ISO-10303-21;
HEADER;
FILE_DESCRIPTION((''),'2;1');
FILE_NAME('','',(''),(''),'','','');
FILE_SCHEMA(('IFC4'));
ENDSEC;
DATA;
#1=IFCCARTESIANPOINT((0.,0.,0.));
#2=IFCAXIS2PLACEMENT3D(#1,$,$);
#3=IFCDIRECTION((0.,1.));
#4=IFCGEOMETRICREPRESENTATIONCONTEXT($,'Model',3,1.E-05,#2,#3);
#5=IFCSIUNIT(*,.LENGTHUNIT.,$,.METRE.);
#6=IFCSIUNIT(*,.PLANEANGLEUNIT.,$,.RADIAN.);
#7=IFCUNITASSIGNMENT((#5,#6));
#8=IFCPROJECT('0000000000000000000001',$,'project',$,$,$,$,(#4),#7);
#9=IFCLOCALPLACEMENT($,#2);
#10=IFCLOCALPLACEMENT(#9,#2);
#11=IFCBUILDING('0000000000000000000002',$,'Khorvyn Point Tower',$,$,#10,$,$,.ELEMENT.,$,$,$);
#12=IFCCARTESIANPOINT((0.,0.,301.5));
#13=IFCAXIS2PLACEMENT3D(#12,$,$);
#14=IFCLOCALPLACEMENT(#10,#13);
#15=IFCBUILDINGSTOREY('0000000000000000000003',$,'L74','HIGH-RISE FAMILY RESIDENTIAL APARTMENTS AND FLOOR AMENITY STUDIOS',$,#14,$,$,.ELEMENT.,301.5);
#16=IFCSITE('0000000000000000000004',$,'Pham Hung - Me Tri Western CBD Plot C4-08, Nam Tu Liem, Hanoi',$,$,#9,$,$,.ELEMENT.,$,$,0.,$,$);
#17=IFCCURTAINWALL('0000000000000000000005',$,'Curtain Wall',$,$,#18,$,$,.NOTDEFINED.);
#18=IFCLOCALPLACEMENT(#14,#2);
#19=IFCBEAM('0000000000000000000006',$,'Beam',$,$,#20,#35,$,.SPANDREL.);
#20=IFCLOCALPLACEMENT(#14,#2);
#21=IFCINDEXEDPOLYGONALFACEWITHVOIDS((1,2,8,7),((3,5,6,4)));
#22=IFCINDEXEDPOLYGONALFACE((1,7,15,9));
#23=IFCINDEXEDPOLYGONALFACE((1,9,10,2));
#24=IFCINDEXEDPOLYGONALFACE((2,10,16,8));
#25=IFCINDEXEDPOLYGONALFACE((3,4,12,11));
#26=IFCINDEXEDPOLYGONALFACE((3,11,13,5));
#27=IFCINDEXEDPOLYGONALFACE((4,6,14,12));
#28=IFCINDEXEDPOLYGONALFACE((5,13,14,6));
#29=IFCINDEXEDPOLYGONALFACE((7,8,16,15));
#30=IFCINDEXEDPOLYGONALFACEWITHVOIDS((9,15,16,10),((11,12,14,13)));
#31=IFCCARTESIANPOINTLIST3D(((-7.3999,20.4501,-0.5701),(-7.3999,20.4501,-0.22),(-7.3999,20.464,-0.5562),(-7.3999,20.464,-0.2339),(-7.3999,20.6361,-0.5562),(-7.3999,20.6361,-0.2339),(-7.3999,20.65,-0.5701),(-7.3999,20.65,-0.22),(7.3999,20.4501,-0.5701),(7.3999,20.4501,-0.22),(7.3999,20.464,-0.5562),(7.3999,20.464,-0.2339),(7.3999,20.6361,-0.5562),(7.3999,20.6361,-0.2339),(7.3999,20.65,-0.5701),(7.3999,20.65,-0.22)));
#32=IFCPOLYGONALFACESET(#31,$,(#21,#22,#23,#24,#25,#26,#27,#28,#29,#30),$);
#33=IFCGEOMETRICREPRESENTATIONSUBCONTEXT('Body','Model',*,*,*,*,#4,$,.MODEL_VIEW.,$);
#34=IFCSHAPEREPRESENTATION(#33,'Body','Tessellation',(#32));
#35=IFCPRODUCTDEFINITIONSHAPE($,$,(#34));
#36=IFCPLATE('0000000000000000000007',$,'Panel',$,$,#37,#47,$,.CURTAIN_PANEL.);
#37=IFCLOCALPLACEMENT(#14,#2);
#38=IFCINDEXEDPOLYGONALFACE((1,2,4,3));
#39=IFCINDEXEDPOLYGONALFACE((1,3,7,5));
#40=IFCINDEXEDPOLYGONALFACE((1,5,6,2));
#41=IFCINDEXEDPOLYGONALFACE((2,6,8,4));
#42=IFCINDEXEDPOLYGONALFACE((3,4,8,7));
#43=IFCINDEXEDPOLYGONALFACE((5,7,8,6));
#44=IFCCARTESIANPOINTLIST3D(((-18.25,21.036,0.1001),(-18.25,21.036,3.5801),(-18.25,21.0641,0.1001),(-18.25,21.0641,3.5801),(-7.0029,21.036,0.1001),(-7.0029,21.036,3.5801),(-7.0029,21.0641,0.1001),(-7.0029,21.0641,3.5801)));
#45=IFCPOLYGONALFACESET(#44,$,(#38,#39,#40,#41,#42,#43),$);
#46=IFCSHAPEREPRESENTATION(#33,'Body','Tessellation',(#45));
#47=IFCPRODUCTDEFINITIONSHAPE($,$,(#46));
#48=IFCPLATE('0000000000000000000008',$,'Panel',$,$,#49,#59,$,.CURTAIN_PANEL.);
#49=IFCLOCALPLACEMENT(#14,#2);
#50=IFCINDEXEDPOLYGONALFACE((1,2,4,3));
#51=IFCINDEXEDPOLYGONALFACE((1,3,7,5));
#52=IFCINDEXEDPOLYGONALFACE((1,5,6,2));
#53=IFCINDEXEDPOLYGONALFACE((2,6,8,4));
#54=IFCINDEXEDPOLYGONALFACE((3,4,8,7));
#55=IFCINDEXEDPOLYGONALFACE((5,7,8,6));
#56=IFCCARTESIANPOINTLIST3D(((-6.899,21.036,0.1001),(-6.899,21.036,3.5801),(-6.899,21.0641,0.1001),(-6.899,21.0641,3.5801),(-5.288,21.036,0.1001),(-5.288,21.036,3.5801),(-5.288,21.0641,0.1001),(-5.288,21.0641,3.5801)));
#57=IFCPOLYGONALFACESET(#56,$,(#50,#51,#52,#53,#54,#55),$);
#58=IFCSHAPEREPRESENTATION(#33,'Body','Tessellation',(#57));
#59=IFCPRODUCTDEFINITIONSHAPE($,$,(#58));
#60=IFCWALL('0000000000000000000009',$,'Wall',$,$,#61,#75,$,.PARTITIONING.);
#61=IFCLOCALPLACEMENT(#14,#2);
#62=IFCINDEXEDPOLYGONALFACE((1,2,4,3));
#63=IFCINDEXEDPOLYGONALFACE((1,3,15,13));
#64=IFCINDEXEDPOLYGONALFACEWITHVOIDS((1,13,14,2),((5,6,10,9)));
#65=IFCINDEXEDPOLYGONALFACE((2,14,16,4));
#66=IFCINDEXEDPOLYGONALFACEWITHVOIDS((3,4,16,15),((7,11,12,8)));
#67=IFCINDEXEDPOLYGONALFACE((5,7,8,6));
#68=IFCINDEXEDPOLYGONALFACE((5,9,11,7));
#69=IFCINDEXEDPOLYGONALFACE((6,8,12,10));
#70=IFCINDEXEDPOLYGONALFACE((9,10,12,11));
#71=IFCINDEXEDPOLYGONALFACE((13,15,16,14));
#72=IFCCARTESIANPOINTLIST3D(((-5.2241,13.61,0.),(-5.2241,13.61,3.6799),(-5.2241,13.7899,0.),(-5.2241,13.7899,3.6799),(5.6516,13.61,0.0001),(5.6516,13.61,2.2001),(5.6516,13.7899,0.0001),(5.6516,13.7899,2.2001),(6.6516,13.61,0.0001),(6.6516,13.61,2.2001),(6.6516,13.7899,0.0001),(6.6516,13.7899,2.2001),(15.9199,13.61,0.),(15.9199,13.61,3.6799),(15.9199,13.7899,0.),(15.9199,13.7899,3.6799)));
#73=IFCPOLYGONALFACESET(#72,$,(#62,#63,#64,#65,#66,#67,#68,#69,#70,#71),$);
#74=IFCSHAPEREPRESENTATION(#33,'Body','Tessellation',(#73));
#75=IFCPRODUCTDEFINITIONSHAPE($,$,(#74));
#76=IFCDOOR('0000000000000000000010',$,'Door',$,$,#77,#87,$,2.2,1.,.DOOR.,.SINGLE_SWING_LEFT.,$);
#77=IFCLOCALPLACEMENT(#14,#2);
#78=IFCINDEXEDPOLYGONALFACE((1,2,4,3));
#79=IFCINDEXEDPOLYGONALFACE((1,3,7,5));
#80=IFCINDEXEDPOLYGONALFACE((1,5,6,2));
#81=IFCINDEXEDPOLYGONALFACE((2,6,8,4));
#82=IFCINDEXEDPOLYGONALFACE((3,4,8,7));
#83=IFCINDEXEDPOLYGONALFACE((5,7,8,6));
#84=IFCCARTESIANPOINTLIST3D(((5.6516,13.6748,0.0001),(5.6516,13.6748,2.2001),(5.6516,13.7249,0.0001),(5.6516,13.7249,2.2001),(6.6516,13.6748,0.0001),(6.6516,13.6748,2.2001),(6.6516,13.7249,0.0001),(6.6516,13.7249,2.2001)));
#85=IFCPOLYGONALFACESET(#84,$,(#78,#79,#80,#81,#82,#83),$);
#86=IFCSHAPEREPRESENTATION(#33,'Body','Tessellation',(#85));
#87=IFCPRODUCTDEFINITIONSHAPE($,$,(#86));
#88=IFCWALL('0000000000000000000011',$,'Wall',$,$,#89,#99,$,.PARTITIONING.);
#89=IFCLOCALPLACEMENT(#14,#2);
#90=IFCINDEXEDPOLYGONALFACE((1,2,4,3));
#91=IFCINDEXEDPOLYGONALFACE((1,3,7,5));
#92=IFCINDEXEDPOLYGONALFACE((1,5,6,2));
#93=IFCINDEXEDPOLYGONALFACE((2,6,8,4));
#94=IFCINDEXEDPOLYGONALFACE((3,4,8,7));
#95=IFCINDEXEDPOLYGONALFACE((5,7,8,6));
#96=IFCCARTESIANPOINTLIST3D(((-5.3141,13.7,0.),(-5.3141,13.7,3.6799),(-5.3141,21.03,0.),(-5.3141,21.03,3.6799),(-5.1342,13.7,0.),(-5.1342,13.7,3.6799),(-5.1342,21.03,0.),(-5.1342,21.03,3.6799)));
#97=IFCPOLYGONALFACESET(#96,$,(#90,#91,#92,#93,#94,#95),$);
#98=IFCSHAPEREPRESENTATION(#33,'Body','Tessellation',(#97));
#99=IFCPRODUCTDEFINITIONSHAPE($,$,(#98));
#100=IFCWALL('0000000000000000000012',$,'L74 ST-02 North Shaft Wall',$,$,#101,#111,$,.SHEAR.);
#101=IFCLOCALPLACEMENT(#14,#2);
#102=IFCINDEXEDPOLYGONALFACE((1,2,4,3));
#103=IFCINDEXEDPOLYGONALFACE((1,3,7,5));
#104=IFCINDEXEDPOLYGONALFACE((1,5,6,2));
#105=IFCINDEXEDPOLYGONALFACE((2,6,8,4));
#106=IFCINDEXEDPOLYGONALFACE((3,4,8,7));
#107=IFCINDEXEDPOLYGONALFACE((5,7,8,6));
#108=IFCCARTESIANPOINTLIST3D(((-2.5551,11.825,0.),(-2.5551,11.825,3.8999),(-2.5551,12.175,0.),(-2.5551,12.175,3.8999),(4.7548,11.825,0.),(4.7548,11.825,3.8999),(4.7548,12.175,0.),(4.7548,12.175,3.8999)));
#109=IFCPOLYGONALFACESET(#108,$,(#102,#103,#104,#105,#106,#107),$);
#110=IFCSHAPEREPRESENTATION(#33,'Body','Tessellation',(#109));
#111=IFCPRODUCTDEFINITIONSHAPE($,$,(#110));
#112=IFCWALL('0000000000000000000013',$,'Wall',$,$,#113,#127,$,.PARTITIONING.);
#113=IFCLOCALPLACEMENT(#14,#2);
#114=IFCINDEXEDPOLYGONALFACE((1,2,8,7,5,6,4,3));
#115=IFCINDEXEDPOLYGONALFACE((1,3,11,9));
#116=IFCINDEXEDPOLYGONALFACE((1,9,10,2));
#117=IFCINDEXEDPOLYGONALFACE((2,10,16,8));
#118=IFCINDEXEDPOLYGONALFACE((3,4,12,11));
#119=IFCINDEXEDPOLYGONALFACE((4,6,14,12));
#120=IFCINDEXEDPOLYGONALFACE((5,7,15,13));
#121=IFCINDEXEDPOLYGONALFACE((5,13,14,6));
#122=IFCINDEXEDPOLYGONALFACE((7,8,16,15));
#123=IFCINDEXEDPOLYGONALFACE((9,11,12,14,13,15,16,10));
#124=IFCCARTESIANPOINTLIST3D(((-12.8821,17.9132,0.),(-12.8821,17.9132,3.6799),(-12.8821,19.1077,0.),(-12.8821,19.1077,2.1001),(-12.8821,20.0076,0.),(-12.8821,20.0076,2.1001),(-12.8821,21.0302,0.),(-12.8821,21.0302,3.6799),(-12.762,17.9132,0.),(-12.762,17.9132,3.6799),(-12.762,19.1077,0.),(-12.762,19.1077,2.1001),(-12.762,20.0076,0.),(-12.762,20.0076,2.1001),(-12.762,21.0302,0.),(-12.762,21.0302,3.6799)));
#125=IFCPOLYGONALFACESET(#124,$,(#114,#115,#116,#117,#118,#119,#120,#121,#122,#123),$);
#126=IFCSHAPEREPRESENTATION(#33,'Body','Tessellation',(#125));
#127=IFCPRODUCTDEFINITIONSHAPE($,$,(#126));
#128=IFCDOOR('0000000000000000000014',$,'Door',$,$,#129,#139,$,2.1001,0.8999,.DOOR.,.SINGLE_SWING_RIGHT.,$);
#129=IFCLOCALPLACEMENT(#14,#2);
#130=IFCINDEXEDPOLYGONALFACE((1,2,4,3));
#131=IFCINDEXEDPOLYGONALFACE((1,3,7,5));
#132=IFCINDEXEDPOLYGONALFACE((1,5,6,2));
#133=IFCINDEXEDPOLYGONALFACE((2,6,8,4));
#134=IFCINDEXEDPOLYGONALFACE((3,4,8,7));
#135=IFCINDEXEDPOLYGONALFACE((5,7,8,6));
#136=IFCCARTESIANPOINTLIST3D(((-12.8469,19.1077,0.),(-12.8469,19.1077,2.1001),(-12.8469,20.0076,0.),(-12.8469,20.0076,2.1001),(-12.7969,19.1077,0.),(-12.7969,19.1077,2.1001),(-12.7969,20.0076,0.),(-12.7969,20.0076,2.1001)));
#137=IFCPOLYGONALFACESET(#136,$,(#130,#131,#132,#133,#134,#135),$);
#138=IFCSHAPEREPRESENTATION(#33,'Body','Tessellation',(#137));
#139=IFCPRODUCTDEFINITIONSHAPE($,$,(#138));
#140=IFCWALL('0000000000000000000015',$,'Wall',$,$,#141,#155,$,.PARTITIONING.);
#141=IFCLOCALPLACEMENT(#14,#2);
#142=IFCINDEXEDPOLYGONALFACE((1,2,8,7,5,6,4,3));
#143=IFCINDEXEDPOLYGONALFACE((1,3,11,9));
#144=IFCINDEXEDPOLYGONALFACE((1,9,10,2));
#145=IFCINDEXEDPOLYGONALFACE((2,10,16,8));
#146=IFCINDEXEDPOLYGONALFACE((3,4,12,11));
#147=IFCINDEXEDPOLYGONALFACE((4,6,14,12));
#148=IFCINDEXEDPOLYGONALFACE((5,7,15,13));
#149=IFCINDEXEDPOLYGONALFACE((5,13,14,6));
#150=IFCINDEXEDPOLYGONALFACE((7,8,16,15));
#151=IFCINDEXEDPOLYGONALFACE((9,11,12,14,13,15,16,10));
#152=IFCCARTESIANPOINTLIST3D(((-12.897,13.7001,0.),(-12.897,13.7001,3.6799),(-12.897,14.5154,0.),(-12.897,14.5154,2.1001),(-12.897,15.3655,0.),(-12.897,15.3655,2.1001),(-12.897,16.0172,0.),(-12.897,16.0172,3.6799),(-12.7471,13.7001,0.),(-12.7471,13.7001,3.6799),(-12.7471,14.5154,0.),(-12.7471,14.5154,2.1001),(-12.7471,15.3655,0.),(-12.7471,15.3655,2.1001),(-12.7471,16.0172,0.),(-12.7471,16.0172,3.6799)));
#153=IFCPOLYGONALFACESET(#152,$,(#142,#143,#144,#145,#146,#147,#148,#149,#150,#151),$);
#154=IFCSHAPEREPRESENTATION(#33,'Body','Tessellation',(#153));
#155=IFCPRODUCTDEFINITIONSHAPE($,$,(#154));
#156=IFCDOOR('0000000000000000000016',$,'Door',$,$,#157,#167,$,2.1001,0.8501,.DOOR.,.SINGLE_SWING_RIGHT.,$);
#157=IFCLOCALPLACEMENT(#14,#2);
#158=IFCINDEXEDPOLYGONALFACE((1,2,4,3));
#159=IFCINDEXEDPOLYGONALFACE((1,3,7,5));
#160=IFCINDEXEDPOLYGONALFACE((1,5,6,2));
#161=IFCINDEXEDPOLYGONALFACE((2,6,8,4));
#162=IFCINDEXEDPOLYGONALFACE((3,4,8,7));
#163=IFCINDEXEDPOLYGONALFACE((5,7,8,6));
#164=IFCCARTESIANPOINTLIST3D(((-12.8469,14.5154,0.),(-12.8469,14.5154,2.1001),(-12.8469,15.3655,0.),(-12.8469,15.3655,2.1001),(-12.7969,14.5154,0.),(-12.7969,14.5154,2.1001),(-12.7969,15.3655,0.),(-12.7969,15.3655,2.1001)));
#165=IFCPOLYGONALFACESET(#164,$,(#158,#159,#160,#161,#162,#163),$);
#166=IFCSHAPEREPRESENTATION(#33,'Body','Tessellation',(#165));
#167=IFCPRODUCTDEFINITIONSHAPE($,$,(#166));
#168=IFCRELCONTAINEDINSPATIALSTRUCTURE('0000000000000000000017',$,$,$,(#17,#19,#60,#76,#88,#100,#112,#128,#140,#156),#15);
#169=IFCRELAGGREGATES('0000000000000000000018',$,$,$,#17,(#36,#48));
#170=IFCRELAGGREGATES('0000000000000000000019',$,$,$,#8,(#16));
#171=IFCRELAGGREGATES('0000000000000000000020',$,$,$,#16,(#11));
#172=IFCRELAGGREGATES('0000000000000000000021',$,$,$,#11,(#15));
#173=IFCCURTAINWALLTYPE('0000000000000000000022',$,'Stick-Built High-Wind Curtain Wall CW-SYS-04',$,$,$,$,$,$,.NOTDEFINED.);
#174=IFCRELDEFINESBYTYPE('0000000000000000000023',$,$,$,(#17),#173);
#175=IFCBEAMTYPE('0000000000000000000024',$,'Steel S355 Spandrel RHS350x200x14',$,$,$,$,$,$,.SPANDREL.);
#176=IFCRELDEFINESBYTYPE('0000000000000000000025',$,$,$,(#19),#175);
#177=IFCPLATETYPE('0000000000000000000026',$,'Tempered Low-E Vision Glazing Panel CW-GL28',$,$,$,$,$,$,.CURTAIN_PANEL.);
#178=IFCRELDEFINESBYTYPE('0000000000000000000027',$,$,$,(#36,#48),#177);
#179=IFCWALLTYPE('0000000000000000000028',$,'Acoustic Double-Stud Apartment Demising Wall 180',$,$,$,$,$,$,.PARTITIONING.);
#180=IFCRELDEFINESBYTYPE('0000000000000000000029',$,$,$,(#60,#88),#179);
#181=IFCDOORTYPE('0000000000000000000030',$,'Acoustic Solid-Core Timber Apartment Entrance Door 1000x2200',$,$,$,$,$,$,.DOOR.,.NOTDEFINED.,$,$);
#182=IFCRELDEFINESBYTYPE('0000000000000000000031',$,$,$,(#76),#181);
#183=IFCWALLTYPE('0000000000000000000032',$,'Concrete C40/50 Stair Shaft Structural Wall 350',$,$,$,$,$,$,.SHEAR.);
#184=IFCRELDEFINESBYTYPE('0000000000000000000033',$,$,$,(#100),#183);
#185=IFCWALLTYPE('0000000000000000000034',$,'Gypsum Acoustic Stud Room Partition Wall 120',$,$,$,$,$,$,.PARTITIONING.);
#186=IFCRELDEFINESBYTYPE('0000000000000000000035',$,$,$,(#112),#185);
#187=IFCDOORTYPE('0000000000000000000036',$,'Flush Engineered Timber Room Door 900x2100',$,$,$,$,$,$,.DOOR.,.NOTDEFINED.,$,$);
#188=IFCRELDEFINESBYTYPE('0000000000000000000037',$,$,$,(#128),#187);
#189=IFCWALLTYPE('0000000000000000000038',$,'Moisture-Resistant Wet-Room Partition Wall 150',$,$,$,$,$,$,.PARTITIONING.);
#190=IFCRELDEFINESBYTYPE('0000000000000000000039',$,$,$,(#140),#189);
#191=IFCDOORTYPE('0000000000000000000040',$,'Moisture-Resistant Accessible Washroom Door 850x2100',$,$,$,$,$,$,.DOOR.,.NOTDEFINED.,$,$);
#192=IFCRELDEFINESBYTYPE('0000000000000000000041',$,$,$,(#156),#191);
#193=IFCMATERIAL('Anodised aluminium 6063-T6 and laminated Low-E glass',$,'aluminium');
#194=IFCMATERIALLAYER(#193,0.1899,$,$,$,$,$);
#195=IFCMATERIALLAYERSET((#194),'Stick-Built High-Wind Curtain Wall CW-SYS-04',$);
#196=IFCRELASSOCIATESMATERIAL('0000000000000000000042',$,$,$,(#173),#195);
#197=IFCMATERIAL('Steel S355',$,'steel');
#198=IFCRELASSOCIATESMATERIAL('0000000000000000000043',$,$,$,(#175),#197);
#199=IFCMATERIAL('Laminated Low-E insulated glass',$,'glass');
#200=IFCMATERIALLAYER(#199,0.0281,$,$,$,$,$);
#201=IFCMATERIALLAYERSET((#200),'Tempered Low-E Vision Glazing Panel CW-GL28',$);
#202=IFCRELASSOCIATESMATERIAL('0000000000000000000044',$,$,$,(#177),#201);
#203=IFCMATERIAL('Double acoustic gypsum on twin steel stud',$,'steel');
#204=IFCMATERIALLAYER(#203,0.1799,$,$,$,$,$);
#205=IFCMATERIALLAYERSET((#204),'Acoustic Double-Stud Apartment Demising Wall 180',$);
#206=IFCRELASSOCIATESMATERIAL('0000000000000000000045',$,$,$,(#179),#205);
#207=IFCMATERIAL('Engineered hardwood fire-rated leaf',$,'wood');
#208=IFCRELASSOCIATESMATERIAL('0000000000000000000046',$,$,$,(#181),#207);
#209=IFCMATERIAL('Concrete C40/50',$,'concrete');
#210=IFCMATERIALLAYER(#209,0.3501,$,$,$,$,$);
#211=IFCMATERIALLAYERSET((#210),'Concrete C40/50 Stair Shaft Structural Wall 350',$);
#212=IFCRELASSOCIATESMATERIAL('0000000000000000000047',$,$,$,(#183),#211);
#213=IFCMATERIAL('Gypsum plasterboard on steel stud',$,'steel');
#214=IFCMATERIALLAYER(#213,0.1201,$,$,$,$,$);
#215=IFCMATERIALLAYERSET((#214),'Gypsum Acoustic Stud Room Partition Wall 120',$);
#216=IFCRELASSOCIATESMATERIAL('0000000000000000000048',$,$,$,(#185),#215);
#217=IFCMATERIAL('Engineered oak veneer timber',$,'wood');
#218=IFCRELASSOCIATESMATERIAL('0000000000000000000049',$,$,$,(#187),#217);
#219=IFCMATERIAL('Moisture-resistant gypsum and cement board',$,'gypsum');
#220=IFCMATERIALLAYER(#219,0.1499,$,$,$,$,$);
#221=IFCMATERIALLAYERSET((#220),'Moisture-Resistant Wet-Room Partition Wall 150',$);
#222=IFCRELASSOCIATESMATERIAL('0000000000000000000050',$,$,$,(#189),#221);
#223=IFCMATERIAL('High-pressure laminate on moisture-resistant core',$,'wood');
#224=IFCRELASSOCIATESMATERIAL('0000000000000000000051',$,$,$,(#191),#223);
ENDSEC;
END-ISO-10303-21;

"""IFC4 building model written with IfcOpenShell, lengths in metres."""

from ifc_helpers import new_model, si_unit, direction, frame, frame_2d, origin, origin_2d, place, context, subcontext, project, spatial, rectangle, hollow_rectangle, extrude, material, layer, layer_set, material_profile, profile_set, type_object, element, fill, aggregate, save


model = new_model("IFC4")

# Units and contexts
model_context = context("Model", 3, precision=1e-05, world=origin(), true_north=direction((0.0, 1.0)))
body_context = subcontext(model_context, "Body", "Model", "MODEL_VIEW")
ifc_project = project(units=[si_unit("LENGTHUNIT", "METRE"), si_unit("PLANEANGLEUNIT", "RADIAN")], contexts=[model_context])

# Site, building, storey
site_placement = place(None, origin())
site = spatial("IfcSite", under=ifc_project, at=site_placement, Name="Pham Hung - Me Tri Western CBD Plot C4-08, Nam Tu Liem, Hanoi", CompositionType="ELEMENT", RefElevation=0.0)
building_placement = place(site_placement, origin())
building = spatial("IfcBuilding", under=site, at=building_placement, Name="Khorvyn Point Tower", CompositionType="ELEMENT")
storey_placement = place(building_placement, frame((0.0, 0.0, 301.5)))
storey = spatial("IfcBuildingStorey", under=building, at=storey_placement, Name="L74", Description="HIGH-RISE FAMILY RESIDENTIAL APARTMENTS AND FLOOR AMENITY STUDIOS", CompositionType="ELEMENT", Elevation=301.5)

# Shared definitions
ifc_material_1 = material(Name="Concrete C40/50", Category="concrete")
ifc_material_2 = material(Name="Steel S355", Category="steel")

# Curtain wall
ifc_material_3 = material(Name="Anodised aluminium 6063-T6 and laminated Low-E glass", Category="aluminium")
ifc_layer_1 = layer(ifc_material_3, 0.1899)
ifc_layer_set_1 = layer_set([ifc_layer_1], Name="Stick-Built High-Wind Curtain Wall CW-SYS-04")
curtain_wall_type = type_object("IfcCurtainWallType", Name="Stick-Built High-Wind Curtain Wall CW-SYS-04", PredefinedType="NOTDEFINED", material=ifc_layer_set_1)
curtain_wall_placement = place(storey_placement, origin())
curtain_wall = element("IfcCurtainWall", 1, at=curtain_wall_placement, inside=storey, type_object=curtain_wall_type, Name="Curtain Wall", PredefinedType="NOTDEFINED")

# Beam
ifc_material_profile_1 = material_profile(ifc_material_2, hollow_rectangle(XDim=0.2, YDim=0.3501, WallThickness=0.0139, at=origin_2d()))
ifc_profile_set_1 = profile_set([ifc_material_profile_1], Name="Steel S355 RHS350x200x14")
beam_type_1 = type_object("IfcBeamType", Name="Steel S355 Spandrel RHS350x200x14", PredefinedType="SPANDREL", material=ifc_profile_set_1)
beam_1_placement = place(storey_placement, frame((-7.3999, 20.55, -0.395), z_axis=(1.0, 0.0, 0.0), x_axis=(0.0, 1.0, 0.0)))
element("IfcBeam", 2, at=beam_1_placement, inside=storey, type_object=beam_type_1, Name="Beam", PredefinedType="SPANDREL", context=body_context, shape_type="SweptSolid", body=[
    extrude(hollow_rectangle(XDim=0.2, YDim=0.3501, WallThickness=0.0139, at=origin_2d()), origin(), (0.0, 0.0, 1.0), 14.7998),
])

# Plates
ifc_material_4 = material(Name="Laminated Low-E insulated glass", Category="glass")
ifc_layer_2 = layer(ifc_material_4, 0.0281)
ifc_layer_set_2 = layer_set([ifc_layer_2], Name="Tempered Low-E Vision Glazing Panel CW-GL28")
plate_type = type_object("IfcPlateType", Name="Tempered Low-E Vision Glazing Panel CW-GL28", PredefinedType="CURTAIN_PANEL", material=ifc_layer_set_2)
plate_1_placement = place(storey_placement, frame((-12.6265, 21.05, 0.1001), z_axis=(0.0, 0.0, 1.0), x_axis=(1.0, 0.0, 0.0)))
plate_1 = element("IfcPlate", 3, at=plate_1_placement, type_object=plate_type, Name="Panel", PredefinedType="CURTAIN_PANEL", context=body_context, shape_type="SweptSolid", body=[
    extrude(rectangle(XDim=11.2471, YDim=0.0281, at=origin_2d()), origin(), (0.0, 0.0, 1.0), 3.48),
])
plate_2_placement = place(storey_placement, frame((-6.0935, 21.05, 0.1001), z_axis=(0.0, 0.0, 1.0), x_axis=(1.0, 0.0, 0.0)))
plate_2 = element("IfcPlate", 4, at=plate_2_placement, type_object=plate_type, Name="Panel", PredefinedType="CURTAIN_PANEL", context=body_context, shape_type="SweptSolid", body=[
    extrude(rectangle(XDim=1.6111, YDim=0.0281, at=origin_2d()), origin(), (0.0, 0.0, 1.0), 3.48),
])
aggregate(curtain_wall, [plate_1, plate_2])

# Wall, opening, door
ifc_material_5 = material(Name="Double acoustic gypsum on twin steel stud", Category="steel")
ifc_layer_3 = layer(ifc_material_5, 0.1799)
ifc_layer_set_3 = layer_set([ifc_layer_3], Name="Acoustic Double-Stud Apartment Demising Wall 180")
wall_type_1 = type_object("IfcWallType", Name="Acoustic Double-Stud Apartment Demising Wall 180", PredefinedType="PARTITIONING", material=ifc_layer_set_3)
wall_1_placement = place(storey_placement, frame((-5.2241, 13.7, 0.0), z_axis=(0.0, 0.0, 1.0), x_axis=(1.0, 0.0, 0.0)))
wall_1 = element("IfcWall", 5, at=wall_1_placement, inside=storey, type_object=wall_type_1, Name="Wall", PredefinedType="PARTITIONING", context=body_context, shape_type="SweptSolid", body=[
    extrude(rectangle(XDim=21.144, YDim=0.1799, at=frame_2d((10.572, 0.0))), origin(), (0.0, 0.0, 1.0), 3.6799),
])
opening_1_placement = place(wall_1_placement, frame((10.8757, 0.0, 0.0)))
opening_1 = element("IfcOpeningElement", 6, at=opening_1_placement, cuts=wall_1, PredefinedType="OPENING", context=body_context, shape_type="SweptSolid", body=[
    extrude(rectangle(XDim=1.0, YDim=2.2, at=frame_2d((0.5, 1.1001))), frame((0.0, 0.0999, 0.0), z_axis=(0.0, -1.0, 0.0), x_axis=(1.0, 0.0, 0.0)), (0.0, 0.0, 1.0), 0.2),
])
ifc_material_6 = material(Name="Engineered hardwood fire-rated leaf", Category="wood")
door_type_1 = type_object("IfcDoorType", Name="Acoustic Solid-Core Timber Apartment Entrance Door 1000x2200", OperationType="NOTDEFINED", PredefinedType="DOOR", material=ifc_material_6)
door_1_placement = place(opening_1_placement, origin())
door_1 = element("IfcDoor", 7, at=door_1_placement, inside=storey, type_object=door_type_1, Name="Door", OperationType="SINGLE_SWING_LEFT", OverallHeight=2.2, OverallWidth=1.0, PredefinedType="DOOR", context=body_context, shape_type="SweptSolid", body=[
    extrude(rectangle(XDim=1.0, YDim=2.2, at=frame_2d((0.5, 1.1001))), frame((0.0, 0.0249, 0.0), z_axis=(0.0, -1.0, 0.0), x_axis=(1.0, 0.0, 0.0)), (0.0, 0.0, 1.0), 0.05),
])
fill(opening_1, door_1)

# Walls
wall_2_placement = place(storey_placement, frame((-5.2241, 13.7, 0.0), z_axis=(0.0, 0.0, 1.0), x_axis=(0.0, 1.0, 0.0)))
element("IfcWall", 8, at=wall_2_placement, inside=storey, type_object=wall_type_1, Name="Wall", PredefinedType="PARTITIONING", context=body_context, shape_type="SweptSolid", body=[
    extrude(rectangle(XDim=7.3301, YDim=0.1799, at=frame_2d((3.665, 0.0))), origin(), (0.0, 0.0, 1.0), 3.6799),
])
ifc_layer_4 = layer(ifc_material_1, 0.3501)
ifc_layer_set_4 = layer_set([ifc_layer_4], Name="Concrete C40/50 Stair Shaft Structural Wall 350")
wall_type_2 = type_object("IfcWallType", Name="Concrete C40/50 Stair Shaft Structural Wall 350", PredefinedType="SHEAR", material=ifc_layer_set_4)
wall_3_placement = place(storey_placement, frame((-2.5549, 12.0, 0.0), z_axis=(0.0, 0.0, 1.0), x_axis=(1.0, 0.0, 0.0)))
element("IfcWall", 9, at=wall_3_placement, inside=storey, type_object=wall_type_2, Name="L74 ST-02 North Shaft Wall", PredefinedType="SHEAR", context=body_context, shape_type="SweptSolid", body=[
    extrude(rectangle(XDim=7.3098, YDim=0.3501, at=frame_2d((3.6548, 0.0))), origin(), (0.0, 0.0, 1.0), 3.8999),
])

# Walls, openings, doors
ifc_material_7 = material(Name="Gypsum plasterboard on steel stud", Category="steel")
ifc_layer_5 = layer(ifc_material_7, 0.1201)
ifc_layer_set_5 = layer_set([ifc_layer_5], Name="Gypsum Acoustic Stud Room Partition Wall 120")
wall_type_3 = type_object("IfcWallType", Name="Gypsum Acoustic Stud Room Partition Wall 120", PredefinedType="PARTITIONING", material=ifc_layer_set_5)
wall_4_placement = place(storey_placement, frame((-12.822, 17.9131, 0.0), z_axis=(0.0, 0.0, 1.0), x_axis=(0.0, 1.0, 0.0)))
wall_4 = element("IfcWall", 10, at=wall_4_placement, inside=storey, type_object=wall_type_3, Name="Wall", PredefinedType="PARTITIONING", context=body_context, shape_type="SweptSolid", body=[
    extrude(rectangle(XDim=3.1169, YDim=0.1201, at=frame_2d((1.5586, 0.0))), origin(), (0.0, 0.0, 1.0), 3.6799),
])
opening_2_placement = place(wall_4_placement, frame((1.1946, 0.0, 0.0)))
opening_2 = element("IfcOpeningElement", 11, at=opening_2_placement, cuts=wall_4, PredefinedType="OPENING", context=body_context, shape_type="SweptSolid", body=[
    extrude(rectangle(XDim=0.8999, YDim=2.1001, at=frame_2d((0.45, 1.05))), frame((0.0, 0.0701, 0.0), z_axis=(0.0, -1.0, 0.0), x_axis=(1.0, 0.0, 0.0)), (0.0, 0.0, 1.0), 0.1401),
])
ifc_material_8 = material(Name="Engineered oak veneer timber", Category="wood")
door_type_2 = type_object("IfcDoorType", Name="Flush Engineered Timber Room Door 900x2100", OperationType="NOTDEFINED", PredefinedType="DOOR", material=ifc_material_8)
door_2_placement = place(opening_2_placement, origin())
door_2 = element("IfcDoor", 12, at=door_2_placement, inside=storey, type_object=door_type_2, Name="Door", OperationType="SINGLE_SWING_RIGHT", OverallHeight=2.1001, OverallWidth=0.8999, PredefinedType="DOOR", context=body_context, shape_type="SweptSolid", body=[
    extrude(rectangle(XDim=0.8999, YDim=2.1001, at=frame_2d((0.45, 1.05))), frame((0.0, 0.0249, 0.0), z_axis=(0.0, -1.0, 0.0), x_axis=(1.0, 0.0, 0.0)), (0.0, 0.0, 1.0), 0.05),
])
fill(opening_2, door_2)
ifc_material_9 = material(Name="Moisture-resistant gypsum and cement board", Category="gypsum")
ifc_layer_6 = layer(ifc_material_9, 0.1499)
ifc_layer_set_6 = layer_set([ifc_layer_6], Name="Moisture-Resistant Wet-Room Partition Wall 150")
wall_type_4 = type_object("IfcWallType", Name="Moisture-Resistant Wet-Room Partition Wall 150", PredefinedType="PARTITIONING", material=ifc_layer_set_6)
wall_5_placement = place(storey_placement, frame((-12.822, 13.7, 0.0), z_axis=(0.0, 0.0, 1.0), x_axis=(0.0, 1.0, 0.0)))
wall_5 = element("IfcWall", 13, at=wall_5_placement, inside=storey, type_object=wall_type_4, Name="Wall", PredefinedType="PARTITIONING", context=body_context, shape_type="SweptSolid", body=[
    extrude(rectangle(XDim=2.3171, YDim=0.1499, at=frame_2d((1.1587, 0.0))), origin(), (0.0, 0.0, 1.0), 3.6799),
])
opening_3_placement = place(wall_5_placement, frame((0.8154, 0.0, 0.0)))
opening_3 = element("IfcOpeningElement", 14, at=opening_3_placement, cuts=wall_5, PredefinedType="OPENING", context=body_context, shape_type="SweptSolid", body=[
    extrude(rectangle(XDim=0.8501, YDim=2.1001, at=frame_2d((0.425, 1.05))), frame((0.0, 0.085, 0.0), z_axis=(0.0, -1.0, 0.0), x_axis=(1.0, 0.0, 0.0)), (0.0, 0.0, 1.0), 0.1699),
])
ifc_material_10 = material(Name="High-pressure laminate on moisture-resistant core", Category="wood")
door_type_3 = type_object("IfcDoorType", Name="Moisture-Resistant Accessible Washroom Door 850x2100", OperationType="NOTDEFINED", PredefinedType="DOOR", material=ifc_material_10)
door_3_placement = place(opening_3_placement, origin())
door_3 = element("IfcDoor", 15, at=door_3_placement, inside=storey, type_object=door_type_3, Name="Door", OperationType="SINGLE_SWING_RIGHT", OverallHeight=2.1001, OverallWidth=0.8501, PredefinedType="DOOR", context=body_context, shape_type="SweptSolid", body=[
    extrude(rectangle(XDim=0.8501, YDim=2.1001, at=frame_2d((0.425, 1.05))), frame((0.0, 0.0249, 0.0), z_axis=(0.0, -1.0, 0.0), x_axis=(1.0, 0.0, 0.0)), (0.0, 0.0, 1.0), 0.05),
])
fill(opening_3, door_3)

save(model, "model.ifc")
